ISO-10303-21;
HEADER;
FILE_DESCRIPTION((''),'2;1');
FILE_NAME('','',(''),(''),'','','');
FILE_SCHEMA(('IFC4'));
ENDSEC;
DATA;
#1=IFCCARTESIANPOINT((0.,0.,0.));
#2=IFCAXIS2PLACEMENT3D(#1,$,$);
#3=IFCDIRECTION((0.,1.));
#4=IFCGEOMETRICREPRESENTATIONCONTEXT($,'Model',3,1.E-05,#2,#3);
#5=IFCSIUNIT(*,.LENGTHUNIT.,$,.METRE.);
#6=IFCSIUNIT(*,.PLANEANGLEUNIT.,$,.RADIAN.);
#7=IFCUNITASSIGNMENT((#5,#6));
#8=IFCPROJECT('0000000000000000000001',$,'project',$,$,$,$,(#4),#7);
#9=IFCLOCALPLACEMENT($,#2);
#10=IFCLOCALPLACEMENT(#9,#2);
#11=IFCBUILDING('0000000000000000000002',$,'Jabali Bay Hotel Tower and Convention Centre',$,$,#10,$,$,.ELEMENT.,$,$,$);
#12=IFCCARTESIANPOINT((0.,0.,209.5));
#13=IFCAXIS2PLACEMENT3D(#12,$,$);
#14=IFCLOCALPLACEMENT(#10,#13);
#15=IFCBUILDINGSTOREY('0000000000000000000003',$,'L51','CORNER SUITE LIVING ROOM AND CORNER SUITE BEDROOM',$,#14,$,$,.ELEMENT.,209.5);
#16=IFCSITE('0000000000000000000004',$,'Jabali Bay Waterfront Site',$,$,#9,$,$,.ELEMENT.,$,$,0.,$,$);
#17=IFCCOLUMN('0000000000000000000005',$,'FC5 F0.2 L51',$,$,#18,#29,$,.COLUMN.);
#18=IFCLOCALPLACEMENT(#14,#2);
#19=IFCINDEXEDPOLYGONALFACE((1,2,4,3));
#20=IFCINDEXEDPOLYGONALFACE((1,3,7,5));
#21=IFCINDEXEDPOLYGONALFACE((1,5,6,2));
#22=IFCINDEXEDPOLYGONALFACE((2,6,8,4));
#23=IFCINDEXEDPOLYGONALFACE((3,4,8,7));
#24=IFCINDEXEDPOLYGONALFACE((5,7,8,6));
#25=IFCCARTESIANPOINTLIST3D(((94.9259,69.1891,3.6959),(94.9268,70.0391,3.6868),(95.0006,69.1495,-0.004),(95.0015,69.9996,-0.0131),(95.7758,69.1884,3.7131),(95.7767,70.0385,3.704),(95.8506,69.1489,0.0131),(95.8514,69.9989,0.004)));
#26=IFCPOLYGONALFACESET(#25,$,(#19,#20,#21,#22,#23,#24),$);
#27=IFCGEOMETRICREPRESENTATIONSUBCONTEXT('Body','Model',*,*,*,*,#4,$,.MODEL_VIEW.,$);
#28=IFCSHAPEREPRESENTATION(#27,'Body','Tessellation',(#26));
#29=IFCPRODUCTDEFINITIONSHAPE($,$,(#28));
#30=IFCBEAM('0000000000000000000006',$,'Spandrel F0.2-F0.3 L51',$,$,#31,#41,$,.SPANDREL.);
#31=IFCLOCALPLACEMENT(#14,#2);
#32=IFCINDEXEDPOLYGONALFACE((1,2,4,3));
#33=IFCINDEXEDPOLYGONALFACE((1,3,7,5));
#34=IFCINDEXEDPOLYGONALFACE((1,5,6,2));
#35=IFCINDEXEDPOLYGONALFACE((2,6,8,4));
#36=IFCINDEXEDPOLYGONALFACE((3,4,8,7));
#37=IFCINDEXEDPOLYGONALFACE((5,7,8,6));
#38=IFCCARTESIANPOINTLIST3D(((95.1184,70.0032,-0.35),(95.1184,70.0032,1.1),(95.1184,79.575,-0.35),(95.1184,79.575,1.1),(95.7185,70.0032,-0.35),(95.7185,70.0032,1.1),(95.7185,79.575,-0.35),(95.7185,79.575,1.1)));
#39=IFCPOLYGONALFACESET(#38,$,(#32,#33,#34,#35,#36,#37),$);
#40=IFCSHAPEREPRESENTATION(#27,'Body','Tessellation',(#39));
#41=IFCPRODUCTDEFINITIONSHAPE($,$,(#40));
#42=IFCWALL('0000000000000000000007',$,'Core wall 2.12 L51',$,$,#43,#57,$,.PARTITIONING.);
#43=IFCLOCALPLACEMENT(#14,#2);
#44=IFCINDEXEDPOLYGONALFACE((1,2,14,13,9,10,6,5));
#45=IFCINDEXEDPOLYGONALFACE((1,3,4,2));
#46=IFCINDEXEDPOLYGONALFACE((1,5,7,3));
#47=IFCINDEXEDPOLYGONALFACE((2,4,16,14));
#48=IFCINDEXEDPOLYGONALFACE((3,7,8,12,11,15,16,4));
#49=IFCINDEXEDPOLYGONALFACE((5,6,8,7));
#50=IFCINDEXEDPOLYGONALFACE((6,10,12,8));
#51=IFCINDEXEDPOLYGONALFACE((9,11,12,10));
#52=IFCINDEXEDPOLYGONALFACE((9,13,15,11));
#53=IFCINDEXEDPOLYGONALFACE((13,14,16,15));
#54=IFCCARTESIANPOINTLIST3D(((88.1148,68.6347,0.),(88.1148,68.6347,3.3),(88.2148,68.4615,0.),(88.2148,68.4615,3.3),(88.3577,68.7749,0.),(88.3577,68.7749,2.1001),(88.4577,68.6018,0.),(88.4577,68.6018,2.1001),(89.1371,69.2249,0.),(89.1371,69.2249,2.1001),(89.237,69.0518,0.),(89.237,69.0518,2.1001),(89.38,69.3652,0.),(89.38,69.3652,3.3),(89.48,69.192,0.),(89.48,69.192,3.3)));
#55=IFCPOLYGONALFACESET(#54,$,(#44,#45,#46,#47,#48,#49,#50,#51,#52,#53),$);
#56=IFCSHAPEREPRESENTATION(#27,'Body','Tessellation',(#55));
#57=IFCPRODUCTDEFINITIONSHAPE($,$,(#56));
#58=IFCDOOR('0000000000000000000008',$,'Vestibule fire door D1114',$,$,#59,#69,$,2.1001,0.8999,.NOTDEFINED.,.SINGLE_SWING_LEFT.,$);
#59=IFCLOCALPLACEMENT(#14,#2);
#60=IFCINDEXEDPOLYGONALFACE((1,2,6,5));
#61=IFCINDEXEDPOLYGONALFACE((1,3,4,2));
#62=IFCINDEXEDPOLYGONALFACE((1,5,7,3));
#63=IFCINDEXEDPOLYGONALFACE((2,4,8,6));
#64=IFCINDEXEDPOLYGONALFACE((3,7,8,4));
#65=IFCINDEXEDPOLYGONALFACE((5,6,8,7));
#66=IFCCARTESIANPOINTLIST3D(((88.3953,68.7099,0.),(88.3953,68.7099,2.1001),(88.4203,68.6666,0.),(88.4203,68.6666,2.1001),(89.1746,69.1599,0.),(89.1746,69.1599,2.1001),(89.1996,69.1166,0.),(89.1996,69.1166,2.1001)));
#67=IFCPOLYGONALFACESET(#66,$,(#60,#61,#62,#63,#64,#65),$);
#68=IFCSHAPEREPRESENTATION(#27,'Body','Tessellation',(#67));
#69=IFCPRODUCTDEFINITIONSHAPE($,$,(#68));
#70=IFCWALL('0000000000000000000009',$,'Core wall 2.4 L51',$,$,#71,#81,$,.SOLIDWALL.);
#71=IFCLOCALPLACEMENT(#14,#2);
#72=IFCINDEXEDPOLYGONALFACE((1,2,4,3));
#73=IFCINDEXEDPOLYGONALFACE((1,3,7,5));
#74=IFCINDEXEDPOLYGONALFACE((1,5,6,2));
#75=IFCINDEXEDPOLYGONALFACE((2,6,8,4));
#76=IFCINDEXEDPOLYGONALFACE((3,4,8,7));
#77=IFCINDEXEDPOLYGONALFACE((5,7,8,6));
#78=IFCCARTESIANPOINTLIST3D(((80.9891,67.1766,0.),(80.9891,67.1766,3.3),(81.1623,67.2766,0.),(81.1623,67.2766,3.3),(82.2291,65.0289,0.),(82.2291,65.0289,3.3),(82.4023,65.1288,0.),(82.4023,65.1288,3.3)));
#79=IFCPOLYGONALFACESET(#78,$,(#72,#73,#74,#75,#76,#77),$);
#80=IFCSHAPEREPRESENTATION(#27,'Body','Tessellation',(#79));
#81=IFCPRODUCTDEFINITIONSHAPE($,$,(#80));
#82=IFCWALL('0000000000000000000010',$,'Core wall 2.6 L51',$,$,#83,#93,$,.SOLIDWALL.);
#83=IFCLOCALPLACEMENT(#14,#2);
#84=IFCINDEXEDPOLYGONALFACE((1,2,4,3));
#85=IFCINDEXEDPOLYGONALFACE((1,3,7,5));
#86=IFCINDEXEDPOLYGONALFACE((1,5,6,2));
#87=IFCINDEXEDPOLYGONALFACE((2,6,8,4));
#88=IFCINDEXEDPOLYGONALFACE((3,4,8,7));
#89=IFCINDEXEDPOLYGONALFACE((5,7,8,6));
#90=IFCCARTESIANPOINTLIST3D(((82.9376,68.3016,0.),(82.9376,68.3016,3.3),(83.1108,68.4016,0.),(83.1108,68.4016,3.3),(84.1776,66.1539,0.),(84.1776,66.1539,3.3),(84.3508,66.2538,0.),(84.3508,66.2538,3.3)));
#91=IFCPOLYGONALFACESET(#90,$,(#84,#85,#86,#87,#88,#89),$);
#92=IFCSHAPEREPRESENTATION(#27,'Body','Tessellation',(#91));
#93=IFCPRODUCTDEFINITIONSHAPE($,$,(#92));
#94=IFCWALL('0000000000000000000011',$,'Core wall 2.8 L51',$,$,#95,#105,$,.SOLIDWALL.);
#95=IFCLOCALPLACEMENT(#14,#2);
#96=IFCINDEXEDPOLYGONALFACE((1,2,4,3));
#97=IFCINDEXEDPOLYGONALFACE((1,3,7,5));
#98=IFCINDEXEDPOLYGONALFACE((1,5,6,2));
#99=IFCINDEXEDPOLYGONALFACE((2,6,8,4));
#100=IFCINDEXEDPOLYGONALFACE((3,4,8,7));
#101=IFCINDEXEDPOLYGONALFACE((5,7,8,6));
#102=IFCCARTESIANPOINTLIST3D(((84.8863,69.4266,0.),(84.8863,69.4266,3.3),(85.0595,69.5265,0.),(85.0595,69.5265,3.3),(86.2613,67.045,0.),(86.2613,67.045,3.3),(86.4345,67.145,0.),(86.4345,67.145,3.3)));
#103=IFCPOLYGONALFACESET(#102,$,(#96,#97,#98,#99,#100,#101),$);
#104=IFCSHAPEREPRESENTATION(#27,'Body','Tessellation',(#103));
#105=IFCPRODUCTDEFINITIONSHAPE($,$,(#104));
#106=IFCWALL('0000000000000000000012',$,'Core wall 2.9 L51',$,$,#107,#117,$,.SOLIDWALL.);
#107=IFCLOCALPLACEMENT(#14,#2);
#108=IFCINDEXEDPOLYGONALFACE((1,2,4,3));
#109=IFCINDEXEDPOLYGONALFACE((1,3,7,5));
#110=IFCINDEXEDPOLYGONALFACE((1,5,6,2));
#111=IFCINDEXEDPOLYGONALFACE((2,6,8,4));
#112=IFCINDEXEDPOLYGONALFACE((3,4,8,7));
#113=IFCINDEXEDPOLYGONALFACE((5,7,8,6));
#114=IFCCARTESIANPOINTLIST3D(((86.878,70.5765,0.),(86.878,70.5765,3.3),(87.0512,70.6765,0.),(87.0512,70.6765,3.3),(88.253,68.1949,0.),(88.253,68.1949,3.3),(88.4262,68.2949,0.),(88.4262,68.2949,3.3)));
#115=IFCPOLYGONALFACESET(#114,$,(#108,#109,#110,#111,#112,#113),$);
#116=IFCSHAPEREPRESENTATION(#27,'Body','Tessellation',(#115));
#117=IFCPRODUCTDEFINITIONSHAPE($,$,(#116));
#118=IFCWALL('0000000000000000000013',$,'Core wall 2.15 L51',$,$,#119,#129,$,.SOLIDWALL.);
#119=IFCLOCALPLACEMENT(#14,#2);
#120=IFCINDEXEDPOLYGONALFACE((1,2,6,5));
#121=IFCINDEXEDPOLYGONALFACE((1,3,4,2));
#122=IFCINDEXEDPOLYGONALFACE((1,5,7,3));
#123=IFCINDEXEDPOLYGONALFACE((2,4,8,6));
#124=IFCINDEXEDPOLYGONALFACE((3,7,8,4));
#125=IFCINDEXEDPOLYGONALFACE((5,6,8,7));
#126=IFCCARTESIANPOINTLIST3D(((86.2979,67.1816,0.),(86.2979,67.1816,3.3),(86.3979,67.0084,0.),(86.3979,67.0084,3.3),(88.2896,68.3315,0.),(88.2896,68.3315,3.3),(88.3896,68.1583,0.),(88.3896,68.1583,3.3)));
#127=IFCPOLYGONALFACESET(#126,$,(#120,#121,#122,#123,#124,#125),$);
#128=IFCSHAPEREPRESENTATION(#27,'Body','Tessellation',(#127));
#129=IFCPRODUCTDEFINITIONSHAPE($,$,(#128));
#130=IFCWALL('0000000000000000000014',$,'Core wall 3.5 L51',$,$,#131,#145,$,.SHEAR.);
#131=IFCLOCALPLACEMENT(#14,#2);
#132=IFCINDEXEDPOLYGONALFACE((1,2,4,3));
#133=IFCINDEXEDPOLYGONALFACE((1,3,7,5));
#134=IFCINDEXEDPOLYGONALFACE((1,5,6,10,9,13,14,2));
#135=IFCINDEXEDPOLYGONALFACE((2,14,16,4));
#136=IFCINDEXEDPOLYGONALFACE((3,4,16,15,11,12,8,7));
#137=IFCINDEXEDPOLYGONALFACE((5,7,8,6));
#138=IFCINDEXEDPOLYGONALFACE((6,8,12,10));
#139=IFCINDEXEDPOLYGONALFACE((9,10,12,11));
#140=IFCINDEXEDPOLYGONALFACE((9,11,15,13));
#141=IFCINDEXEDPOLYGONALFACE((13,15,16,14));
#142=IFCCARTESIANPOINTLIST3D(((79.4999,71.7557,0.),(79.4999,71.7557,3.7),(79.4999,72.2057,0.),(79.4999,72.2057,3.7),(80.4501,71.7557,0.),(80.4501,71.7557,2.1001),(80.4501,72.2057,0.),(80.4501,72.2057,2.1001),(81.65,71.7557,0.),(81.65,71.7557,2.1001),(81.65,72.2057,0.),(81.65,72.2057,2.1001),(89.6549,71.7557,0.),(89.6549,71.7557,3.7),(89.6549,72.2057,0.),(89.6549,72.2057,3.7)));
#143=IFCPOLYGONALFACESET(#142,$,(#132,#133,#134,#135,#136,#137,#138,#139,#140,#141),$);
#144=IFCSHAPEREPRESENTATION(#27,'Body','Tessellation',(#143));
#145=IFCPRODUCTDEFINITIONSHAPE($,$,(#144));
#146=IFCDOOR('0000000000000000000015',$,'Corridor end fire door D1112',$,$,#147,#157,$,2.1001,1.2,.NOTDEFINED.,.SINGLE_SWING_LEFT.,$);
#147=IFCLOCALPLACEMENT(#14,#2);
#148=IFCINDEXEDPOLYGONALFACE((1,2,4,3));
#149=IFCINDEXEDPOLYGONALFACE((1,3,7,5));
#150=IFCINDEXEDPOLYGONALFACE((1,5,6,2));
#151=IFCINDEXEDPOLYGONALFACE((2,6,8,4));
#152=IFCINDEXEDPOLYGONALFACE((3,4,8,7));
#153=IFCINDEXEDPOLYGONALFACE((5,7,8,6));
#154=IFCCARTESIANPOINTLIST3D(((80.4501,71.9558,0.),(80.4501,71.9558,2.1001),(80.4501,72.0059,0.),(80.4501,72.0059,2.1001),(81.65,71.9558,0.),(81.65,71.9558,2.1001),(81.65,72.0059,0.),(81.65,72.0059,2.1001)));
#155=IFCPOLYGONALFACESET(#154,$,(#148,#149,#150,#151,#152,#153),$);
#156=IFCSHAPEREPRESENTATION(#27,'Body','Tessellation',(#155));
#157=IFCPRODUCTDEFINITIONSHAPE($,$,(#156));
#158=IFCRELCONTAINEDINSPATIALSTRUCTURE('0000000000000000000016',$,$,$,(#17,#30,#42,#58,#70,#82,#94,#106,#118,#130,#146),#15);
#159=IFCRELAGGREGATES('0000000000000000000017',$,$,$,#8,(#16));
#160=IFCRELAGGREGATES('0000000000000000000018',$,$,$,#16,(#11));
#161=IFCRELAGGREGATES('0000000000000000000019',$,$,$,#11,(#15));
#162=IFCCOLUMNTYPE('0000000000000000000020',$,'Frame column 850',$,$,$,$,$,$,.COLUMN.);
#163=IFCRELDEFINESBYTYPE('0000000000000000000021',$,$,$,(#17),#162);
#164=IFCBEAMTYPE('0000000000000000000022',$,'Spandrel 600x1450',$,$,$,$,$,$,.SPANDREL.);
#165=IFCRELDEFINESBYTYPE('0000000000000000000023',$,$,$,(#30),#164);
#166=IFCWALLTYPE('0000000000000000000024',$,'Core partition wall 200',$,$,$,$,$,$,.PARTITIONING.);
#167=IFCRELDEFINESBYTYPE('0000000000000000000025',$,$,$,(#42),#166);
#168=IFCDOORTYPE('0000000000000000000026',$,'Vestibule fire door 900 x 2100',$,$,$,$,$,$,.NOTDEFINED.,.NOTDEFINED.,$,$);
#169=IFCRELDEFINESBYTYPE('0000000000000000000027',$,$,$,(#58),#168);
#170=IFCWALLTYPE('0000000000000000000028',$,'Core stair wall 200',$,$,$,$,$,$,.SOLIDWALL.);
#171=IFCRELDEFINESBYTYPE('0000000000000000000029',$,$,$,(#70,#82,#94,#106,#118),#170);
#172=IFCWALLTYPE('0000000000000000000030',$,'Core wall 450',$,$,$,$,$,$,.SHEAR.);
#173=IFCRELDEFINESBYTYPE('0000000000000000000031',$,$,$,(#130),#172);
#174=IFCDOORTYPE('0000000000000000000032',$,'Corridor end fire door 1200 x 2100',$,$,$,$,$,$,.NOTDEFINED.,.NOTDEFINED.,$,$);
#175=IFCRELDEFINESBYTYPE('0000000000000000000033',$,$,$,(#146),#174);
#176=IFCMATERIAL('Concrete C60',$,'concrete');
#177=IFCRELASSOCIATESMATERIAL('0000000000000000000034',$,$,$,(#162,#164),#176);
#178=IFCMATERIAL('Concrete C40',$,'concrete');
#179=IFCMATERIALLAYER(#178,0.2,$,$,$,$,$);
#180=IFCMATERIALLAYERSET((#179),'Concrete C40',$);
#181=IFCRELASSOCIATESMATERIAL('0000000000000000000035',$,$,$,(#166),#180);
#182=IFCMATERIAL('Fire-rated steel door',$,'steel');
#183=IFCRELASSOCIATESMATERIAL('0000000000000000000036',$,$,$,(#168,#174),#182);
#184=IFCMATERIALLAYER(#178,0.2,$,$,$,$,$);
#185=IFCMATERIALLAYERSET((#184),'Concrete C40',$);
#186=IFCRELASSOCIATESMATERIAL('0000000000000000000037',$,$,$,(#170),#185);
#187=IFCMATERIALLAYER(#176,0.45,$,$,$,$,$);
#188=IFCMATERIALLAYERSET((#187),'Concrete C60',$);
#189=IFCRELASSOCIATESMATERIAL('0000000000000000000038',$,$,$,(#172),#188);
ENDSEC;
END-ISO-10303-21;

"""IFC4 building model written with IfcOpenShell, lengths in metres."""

from ifc_helpers import new_model, si_unit, direction, frame, frame_2d, origin, origin_2d, place, context, subcontext, project, spatial, rectangle, extrude, material, layer, layer_set, material_profile, profile_set, type_object, element, fill, save


model = new_model("IFC4")

# Units and contexts
model_context = context("Model", 3, precision=1e-05, world=origin(), true_north=direction((0.0, 1.0)))
body_context = subcontext(model_context, "Body", "Model", "MODEL_VIEW")
ifc_project = project(units=[si_unit("LENGTHUNIT", "METRE"), si_unit("PLANEANGLEUNIT", "RADIAN")], contexts=[model_context])

# Site, building, storey
site_placement = place(None, origin())
site = spatial("IfcSite", under=ifc_project, at=site_placement, Name="Jabali Bay Waterfront Site", CompositionType="ELEMENT", RefElevation=0.0)
building_placement = place(site_placement, origin())
building = spatial("IfcBuilding", under=site, at=building_placement, Name="Jabali Bay Hotel Tower and Convention Centre", CompositionType="ELEMENT")
storey_placement = place(building_placement, frame((0.0, 0.0, 209.5)))
storey = spatial("IfcBuildingStorey", under=building, at=storey_placement, Name="L51", Description="CORNER SUITE LIVING ROOM AND CORNER SUITE BEDROOM", CompositionType="ELEMENT", Elevation=209.5)

# Column
ifc_material_1 = material(Name="Concrete C60", Category="concrete")
ifc_material_profile_1 = material_profile(ifc_material_1, rectangle(XDim=0.8501, YDim=0.8501, at=origin_2d()), Name="Frame column 850")
ifc_profile_set_1 = profile_set([ifc_material_profile_1], Name="Concrete C60")
column_type = type_object("IfcColumnType", Name="Frame column 850", PredefinedType="COLUMN", material=ifc_profile_set_1)
column_placement = place(storey_placement, frame((95.426, 69.5742, 0.0), z_axis=(-0.020186, 0.010687, 0.999739), x_axis=(-0.001013, -0.999943, 0.010668)))
element("IfcColumn", 1, at=column_placement, inside=storey, type_object=column_type, Name="FC5 F0.2 L51", PredefinedType="COLUMN", context=body_context, shape_type="SweptSolid", body=[
    extrude(rectangle(XDim=0.8501, YDim=0.8501, at=origin_2d()), origin(), (0.0, 0.0, 1.0), 3.7009),
])

# Beam
ifc_material_profile_2 = material_profile(ifc_material_1, rectangle(XDim=0.6001, YDim=1.45, at=origin_2d()), Name="Spandrel 600x1450")
ifc_profile_set_2 = profile_set([ifc_material_profile_2], Name="Concrete C60")
beam_type = type_object("IfcBeamType", Name="Spandrel 600x1450", PredefinedType="SPANDREL", material=ifc_profile_set_2)
beam_placement = place(storey_placement, frame((95.4185, 70.0032, 0.375), z_axis=(0.0, 1.0, 0.0), x_axis=(-1.0, 0.0, 0.0)))
element("IfcBeam", 2, at=beam_placement, inside=storey, type_object=beam_type, Name="Spandrel F0.2-F0.3 L51", PredefinedType="SPANDREL", context=body_context, shape_type="SweptSolid", body=[
    extrude(rectangle(XDim=0.6001, YDim=1.45, at=origin_2d()), origin(), (0.0, 0.0, 1.0), 9.5718),
])

# Wall, opening, door
ifc_material_2 = material(Name="Concrete C40", Category="concrete")
ifc_layer_1 = layer(ifc_material_2, 0.2)
ifc_layer_set_1 = layer_set([ifc_layer_1], Name="Concrete C40")
wall_type_1 = type_object("IfcWallType", Name="Core partition wall 200", PredefinedType="PARTITIONING", material=ifc_layer_set_1)
wall_1_placement = place(storey_placement, frame((88.1648, 68.5481, 0.0), z_axis=(0.0, 0.0, 1.0), x_axis=(0.866013, 0.500021, 0.0)))
wall_1 = element("IfcWall", 3, at=wall_1_placement, inside=storey, type_object=wall_type_1, Name="Core wall 2.12 L51", PredefinedType="PARTITIONING", context=body_context, shape_type="SweptSolid", body=[
    extrude(rectangle(XDim=1.4609, YDim=0.2, at=frame_2d((0.7305, 0.0))), origin(), (0.0, 0.0, 1.0), 3.3),
])
opening_1_placement = place(wall_1_placement, frame((0.2805, 0.0, 0.0)))
opening_1 = element("IfcOpeningElement", 4, at=opening_1_placement, cuts=wall_1, PredefinedType="OPENING", context=body_context, shape_type="SweptSolid", body=[
    extrude(rectangle(XDim=0.8999, YDim=2.1001, at=frame_2d((0.45, 1.05))), frame((0.0, 0.1104, 0.0), z_axis=(0.0, -1.0, 0.0), x_axis=(1.0, 0.0, 0.0)), (0.0, 0.0, 1.0), 0.2209),
])
ifc_material_3 = material(Name="Fire-rated steel door", Category="steel")
door_type_1 = type_object("IfcDoorType", Name="Vestibule fire door 900 x 2100", OperationType="NOTDEFINED", PredefinedType="NOTDEFINED", material=ifc_material_3)
door_1_placement = place(opening_1_placement, origin())
door_1 = element("IfcDoor", 5, at=door_1_placement, inside=storey, type_object=door_type_1, Name="Vestibule fire door D1114", OperationType="SINGLE_SWING_LEFT", OverallHeight=2.1001, OverallWidth=0.8999, PredefinedType="NOTDEFINED", context=body_context, shape_type="SweptSolid", body=[
    extrude(rectangle(XDim=0.8999, YDim=2.1001, at=frame_2d((0.45, 1.05))), frame((0.0, 0.0249, 0.0), z_axis=(0.0, -1.0, 0.0), x_axis=(1.0, 0.0, 0.0)), (0.0, 0.0, 1.0), 0.05),
])
fill(opening_1, door_1)

# Walls
ifc_layer_2 = layer(ifc_material_2, 0.2)
ifc_layer_set_2 = layer_set([ifc_layer_2], Name="Concrete C40")
wall_type_2 = type_object("IfcWallType", Name="Core stair wall 200", PredefinedType="SOLIDWALL", material=ifc_layer_set_2)
for number, where, z_axis, x_axis, name in (
    (6, (81.0757, 67.2266, 0.0), (0.0, 0.0, 1.0), (0.500004, -0.866023, 0.0), "Core wall 2.4 L51"),
    (7, (83.0242, 68.3516, 0.0), (0.0, 0.0, 1.0), (0.500004, -0.866023, 0.0), "Core wall 2.6 L51"),
):
    element("IfcWall", number, at=place(storey_placement, frame(where, z_axis=z_axis, x_axis=x_axis)), inside=storey, type_object=wall_type_2, Name=name, PredefinedType="SOLIDWALL", context=body_context, shape_type="SweptSolid", body=[
        extrude(rectangle(XDim=2.48, YDim=0.2, at=frame_2d((1.24, 0.0))), origin(), (0.0, 0.0, 1.0), 3.3),
    ])
for number, where, z_axis, x_axis, name in (
    (8, (84.9729, 69.4766, 0.0), (0.0, 0.0, 1.0), (0.499997, -0.866027, 0.0), "Core wall 2.8 L51"),
    (9, (86.9646, 70.6265, 0.0), (0.0, 0.0, 1.0), (0.499997, -0.866027, 0.0), "Core wall 2.9 L51"),
):
    element("IfcWall", number, at=place(storey_placement, frame(where, z_axis=z_axis, x_axis=x_axis)), inside=storey, type_object=wall_type_2, Name=name, PredefinedType="SOLIDWALL", context=body_context, shape_type="SweptSolid", body=[
        extrude(rectangle(XDim=2.75, YDim=0.2, at=frame_2d((1.375, 0.0))), origin(), (0.0, 0.0, 1.0), 3.3),
    ])
wall_2_placement = place(storey_placement, frame((86.3479, 67.095, 0.0), z_axis=(0.0, 0.0, 1.0), x_axis=(0.866026, 0.499998, 0.0)))
element("IfcWall", 10, at=wall_2_placement, inside=storey, type_object=wall_type_2, Name="Core wall 2.15 L51", PredefinedType="SOLIDWALL", context=body_context, shape_type="SweptSolid", body=[
    extrude(rectangle(XDim=2.2998, YDim=0.2, at=frame_2d((1.1499, 0.0))), origin(), (0.0, 0.0, 1.0), 3.3),
])

# Wall, opening, door
ifc_layer_3 = layer(ifc_material_1, 0.45)
ifc_layer_set_3 = layer_set([ifc_layer_3], Name="Concrete C60")
wall_type_3 = type_object("IfcWallType", Name="Core wall 450", PredefinedType="SHEAR", material=ifc_layer_set_3)
wall_3_placement = place(storey_placement, frame((89.655, 71.9807, 0.0), z_axis=(0.0, 0.0, 1.0), x_axis=(-1.0, 0.0, 0.0)))
wall_3 = element("IfcWall", 11, at=wall_3_placement, inside=storey, type_object=wall_type_3, Name="Core wall 3.5 L51", PredefinedType="SHEAR", context=body_context, shape_type="SweptSolid", body=[
    extrude(rectangle(XDim=10.155, YDim=0.45, at=frame_2d((5.0776, 0.0))), origin(), (0.0, 0.0, 1.0), 3.7),
])
opening_2_placement = place(wall_3_placement, frame((8.0049, 0.0, 0.0)))
opening_2 = element("IfcOpeningElement", 12, at=opening_2_placement, cuts=wall_3, PredefinedType="OPENING", context=body_context, shape_type="SweptSolid", body=[
    extrude(rectangle(XDim=1.2, YDim=2.1001, at=frame_2d((0.6001, 1.05))), frame((0.0, 0.2354, 0.0), z_axis=(0.0, -1.0, 0.0), x_axis=(1.0, 0.0, 0.0)), (0.0, 0.0, 1.0), 0.4709),
])
door_type_2 = type_object("IfcDoorType", Name="Corridor end fire door 1200 x 2100", OperationType="NOTDEFINED", PredefinedType="NOTDEFINED", material=ifc_material_3)
door_2_placement = place(opening_2_placement, origin())
door_2 = element("IfcDoor", 13, at=door_2_placement, inside=storey, type_object=door_type_2, Name="Corridor end fire door D1112", OperationType="SINGLE_SWING_LEFT", OverallHeight=2.1001, OverallWidth=1.2, PredefinedType="NOTDEFINED", context=body_context, shape_type="SweptSolid", body=[
    extrude(rectangle(XDim=1.2, YDim=2.1001, at=frame_2d((0.6001, 1.05))), frame((0.0, 0.0249, 0.0), z_axis=(0.0, -1.0, 0.0), x_axis=(1.0, 0.0, 0.0)), (0.0, 0.0, 1.0), 0.05),
])
fill(opening_2, door_2)

save(model, "model.ifc")
